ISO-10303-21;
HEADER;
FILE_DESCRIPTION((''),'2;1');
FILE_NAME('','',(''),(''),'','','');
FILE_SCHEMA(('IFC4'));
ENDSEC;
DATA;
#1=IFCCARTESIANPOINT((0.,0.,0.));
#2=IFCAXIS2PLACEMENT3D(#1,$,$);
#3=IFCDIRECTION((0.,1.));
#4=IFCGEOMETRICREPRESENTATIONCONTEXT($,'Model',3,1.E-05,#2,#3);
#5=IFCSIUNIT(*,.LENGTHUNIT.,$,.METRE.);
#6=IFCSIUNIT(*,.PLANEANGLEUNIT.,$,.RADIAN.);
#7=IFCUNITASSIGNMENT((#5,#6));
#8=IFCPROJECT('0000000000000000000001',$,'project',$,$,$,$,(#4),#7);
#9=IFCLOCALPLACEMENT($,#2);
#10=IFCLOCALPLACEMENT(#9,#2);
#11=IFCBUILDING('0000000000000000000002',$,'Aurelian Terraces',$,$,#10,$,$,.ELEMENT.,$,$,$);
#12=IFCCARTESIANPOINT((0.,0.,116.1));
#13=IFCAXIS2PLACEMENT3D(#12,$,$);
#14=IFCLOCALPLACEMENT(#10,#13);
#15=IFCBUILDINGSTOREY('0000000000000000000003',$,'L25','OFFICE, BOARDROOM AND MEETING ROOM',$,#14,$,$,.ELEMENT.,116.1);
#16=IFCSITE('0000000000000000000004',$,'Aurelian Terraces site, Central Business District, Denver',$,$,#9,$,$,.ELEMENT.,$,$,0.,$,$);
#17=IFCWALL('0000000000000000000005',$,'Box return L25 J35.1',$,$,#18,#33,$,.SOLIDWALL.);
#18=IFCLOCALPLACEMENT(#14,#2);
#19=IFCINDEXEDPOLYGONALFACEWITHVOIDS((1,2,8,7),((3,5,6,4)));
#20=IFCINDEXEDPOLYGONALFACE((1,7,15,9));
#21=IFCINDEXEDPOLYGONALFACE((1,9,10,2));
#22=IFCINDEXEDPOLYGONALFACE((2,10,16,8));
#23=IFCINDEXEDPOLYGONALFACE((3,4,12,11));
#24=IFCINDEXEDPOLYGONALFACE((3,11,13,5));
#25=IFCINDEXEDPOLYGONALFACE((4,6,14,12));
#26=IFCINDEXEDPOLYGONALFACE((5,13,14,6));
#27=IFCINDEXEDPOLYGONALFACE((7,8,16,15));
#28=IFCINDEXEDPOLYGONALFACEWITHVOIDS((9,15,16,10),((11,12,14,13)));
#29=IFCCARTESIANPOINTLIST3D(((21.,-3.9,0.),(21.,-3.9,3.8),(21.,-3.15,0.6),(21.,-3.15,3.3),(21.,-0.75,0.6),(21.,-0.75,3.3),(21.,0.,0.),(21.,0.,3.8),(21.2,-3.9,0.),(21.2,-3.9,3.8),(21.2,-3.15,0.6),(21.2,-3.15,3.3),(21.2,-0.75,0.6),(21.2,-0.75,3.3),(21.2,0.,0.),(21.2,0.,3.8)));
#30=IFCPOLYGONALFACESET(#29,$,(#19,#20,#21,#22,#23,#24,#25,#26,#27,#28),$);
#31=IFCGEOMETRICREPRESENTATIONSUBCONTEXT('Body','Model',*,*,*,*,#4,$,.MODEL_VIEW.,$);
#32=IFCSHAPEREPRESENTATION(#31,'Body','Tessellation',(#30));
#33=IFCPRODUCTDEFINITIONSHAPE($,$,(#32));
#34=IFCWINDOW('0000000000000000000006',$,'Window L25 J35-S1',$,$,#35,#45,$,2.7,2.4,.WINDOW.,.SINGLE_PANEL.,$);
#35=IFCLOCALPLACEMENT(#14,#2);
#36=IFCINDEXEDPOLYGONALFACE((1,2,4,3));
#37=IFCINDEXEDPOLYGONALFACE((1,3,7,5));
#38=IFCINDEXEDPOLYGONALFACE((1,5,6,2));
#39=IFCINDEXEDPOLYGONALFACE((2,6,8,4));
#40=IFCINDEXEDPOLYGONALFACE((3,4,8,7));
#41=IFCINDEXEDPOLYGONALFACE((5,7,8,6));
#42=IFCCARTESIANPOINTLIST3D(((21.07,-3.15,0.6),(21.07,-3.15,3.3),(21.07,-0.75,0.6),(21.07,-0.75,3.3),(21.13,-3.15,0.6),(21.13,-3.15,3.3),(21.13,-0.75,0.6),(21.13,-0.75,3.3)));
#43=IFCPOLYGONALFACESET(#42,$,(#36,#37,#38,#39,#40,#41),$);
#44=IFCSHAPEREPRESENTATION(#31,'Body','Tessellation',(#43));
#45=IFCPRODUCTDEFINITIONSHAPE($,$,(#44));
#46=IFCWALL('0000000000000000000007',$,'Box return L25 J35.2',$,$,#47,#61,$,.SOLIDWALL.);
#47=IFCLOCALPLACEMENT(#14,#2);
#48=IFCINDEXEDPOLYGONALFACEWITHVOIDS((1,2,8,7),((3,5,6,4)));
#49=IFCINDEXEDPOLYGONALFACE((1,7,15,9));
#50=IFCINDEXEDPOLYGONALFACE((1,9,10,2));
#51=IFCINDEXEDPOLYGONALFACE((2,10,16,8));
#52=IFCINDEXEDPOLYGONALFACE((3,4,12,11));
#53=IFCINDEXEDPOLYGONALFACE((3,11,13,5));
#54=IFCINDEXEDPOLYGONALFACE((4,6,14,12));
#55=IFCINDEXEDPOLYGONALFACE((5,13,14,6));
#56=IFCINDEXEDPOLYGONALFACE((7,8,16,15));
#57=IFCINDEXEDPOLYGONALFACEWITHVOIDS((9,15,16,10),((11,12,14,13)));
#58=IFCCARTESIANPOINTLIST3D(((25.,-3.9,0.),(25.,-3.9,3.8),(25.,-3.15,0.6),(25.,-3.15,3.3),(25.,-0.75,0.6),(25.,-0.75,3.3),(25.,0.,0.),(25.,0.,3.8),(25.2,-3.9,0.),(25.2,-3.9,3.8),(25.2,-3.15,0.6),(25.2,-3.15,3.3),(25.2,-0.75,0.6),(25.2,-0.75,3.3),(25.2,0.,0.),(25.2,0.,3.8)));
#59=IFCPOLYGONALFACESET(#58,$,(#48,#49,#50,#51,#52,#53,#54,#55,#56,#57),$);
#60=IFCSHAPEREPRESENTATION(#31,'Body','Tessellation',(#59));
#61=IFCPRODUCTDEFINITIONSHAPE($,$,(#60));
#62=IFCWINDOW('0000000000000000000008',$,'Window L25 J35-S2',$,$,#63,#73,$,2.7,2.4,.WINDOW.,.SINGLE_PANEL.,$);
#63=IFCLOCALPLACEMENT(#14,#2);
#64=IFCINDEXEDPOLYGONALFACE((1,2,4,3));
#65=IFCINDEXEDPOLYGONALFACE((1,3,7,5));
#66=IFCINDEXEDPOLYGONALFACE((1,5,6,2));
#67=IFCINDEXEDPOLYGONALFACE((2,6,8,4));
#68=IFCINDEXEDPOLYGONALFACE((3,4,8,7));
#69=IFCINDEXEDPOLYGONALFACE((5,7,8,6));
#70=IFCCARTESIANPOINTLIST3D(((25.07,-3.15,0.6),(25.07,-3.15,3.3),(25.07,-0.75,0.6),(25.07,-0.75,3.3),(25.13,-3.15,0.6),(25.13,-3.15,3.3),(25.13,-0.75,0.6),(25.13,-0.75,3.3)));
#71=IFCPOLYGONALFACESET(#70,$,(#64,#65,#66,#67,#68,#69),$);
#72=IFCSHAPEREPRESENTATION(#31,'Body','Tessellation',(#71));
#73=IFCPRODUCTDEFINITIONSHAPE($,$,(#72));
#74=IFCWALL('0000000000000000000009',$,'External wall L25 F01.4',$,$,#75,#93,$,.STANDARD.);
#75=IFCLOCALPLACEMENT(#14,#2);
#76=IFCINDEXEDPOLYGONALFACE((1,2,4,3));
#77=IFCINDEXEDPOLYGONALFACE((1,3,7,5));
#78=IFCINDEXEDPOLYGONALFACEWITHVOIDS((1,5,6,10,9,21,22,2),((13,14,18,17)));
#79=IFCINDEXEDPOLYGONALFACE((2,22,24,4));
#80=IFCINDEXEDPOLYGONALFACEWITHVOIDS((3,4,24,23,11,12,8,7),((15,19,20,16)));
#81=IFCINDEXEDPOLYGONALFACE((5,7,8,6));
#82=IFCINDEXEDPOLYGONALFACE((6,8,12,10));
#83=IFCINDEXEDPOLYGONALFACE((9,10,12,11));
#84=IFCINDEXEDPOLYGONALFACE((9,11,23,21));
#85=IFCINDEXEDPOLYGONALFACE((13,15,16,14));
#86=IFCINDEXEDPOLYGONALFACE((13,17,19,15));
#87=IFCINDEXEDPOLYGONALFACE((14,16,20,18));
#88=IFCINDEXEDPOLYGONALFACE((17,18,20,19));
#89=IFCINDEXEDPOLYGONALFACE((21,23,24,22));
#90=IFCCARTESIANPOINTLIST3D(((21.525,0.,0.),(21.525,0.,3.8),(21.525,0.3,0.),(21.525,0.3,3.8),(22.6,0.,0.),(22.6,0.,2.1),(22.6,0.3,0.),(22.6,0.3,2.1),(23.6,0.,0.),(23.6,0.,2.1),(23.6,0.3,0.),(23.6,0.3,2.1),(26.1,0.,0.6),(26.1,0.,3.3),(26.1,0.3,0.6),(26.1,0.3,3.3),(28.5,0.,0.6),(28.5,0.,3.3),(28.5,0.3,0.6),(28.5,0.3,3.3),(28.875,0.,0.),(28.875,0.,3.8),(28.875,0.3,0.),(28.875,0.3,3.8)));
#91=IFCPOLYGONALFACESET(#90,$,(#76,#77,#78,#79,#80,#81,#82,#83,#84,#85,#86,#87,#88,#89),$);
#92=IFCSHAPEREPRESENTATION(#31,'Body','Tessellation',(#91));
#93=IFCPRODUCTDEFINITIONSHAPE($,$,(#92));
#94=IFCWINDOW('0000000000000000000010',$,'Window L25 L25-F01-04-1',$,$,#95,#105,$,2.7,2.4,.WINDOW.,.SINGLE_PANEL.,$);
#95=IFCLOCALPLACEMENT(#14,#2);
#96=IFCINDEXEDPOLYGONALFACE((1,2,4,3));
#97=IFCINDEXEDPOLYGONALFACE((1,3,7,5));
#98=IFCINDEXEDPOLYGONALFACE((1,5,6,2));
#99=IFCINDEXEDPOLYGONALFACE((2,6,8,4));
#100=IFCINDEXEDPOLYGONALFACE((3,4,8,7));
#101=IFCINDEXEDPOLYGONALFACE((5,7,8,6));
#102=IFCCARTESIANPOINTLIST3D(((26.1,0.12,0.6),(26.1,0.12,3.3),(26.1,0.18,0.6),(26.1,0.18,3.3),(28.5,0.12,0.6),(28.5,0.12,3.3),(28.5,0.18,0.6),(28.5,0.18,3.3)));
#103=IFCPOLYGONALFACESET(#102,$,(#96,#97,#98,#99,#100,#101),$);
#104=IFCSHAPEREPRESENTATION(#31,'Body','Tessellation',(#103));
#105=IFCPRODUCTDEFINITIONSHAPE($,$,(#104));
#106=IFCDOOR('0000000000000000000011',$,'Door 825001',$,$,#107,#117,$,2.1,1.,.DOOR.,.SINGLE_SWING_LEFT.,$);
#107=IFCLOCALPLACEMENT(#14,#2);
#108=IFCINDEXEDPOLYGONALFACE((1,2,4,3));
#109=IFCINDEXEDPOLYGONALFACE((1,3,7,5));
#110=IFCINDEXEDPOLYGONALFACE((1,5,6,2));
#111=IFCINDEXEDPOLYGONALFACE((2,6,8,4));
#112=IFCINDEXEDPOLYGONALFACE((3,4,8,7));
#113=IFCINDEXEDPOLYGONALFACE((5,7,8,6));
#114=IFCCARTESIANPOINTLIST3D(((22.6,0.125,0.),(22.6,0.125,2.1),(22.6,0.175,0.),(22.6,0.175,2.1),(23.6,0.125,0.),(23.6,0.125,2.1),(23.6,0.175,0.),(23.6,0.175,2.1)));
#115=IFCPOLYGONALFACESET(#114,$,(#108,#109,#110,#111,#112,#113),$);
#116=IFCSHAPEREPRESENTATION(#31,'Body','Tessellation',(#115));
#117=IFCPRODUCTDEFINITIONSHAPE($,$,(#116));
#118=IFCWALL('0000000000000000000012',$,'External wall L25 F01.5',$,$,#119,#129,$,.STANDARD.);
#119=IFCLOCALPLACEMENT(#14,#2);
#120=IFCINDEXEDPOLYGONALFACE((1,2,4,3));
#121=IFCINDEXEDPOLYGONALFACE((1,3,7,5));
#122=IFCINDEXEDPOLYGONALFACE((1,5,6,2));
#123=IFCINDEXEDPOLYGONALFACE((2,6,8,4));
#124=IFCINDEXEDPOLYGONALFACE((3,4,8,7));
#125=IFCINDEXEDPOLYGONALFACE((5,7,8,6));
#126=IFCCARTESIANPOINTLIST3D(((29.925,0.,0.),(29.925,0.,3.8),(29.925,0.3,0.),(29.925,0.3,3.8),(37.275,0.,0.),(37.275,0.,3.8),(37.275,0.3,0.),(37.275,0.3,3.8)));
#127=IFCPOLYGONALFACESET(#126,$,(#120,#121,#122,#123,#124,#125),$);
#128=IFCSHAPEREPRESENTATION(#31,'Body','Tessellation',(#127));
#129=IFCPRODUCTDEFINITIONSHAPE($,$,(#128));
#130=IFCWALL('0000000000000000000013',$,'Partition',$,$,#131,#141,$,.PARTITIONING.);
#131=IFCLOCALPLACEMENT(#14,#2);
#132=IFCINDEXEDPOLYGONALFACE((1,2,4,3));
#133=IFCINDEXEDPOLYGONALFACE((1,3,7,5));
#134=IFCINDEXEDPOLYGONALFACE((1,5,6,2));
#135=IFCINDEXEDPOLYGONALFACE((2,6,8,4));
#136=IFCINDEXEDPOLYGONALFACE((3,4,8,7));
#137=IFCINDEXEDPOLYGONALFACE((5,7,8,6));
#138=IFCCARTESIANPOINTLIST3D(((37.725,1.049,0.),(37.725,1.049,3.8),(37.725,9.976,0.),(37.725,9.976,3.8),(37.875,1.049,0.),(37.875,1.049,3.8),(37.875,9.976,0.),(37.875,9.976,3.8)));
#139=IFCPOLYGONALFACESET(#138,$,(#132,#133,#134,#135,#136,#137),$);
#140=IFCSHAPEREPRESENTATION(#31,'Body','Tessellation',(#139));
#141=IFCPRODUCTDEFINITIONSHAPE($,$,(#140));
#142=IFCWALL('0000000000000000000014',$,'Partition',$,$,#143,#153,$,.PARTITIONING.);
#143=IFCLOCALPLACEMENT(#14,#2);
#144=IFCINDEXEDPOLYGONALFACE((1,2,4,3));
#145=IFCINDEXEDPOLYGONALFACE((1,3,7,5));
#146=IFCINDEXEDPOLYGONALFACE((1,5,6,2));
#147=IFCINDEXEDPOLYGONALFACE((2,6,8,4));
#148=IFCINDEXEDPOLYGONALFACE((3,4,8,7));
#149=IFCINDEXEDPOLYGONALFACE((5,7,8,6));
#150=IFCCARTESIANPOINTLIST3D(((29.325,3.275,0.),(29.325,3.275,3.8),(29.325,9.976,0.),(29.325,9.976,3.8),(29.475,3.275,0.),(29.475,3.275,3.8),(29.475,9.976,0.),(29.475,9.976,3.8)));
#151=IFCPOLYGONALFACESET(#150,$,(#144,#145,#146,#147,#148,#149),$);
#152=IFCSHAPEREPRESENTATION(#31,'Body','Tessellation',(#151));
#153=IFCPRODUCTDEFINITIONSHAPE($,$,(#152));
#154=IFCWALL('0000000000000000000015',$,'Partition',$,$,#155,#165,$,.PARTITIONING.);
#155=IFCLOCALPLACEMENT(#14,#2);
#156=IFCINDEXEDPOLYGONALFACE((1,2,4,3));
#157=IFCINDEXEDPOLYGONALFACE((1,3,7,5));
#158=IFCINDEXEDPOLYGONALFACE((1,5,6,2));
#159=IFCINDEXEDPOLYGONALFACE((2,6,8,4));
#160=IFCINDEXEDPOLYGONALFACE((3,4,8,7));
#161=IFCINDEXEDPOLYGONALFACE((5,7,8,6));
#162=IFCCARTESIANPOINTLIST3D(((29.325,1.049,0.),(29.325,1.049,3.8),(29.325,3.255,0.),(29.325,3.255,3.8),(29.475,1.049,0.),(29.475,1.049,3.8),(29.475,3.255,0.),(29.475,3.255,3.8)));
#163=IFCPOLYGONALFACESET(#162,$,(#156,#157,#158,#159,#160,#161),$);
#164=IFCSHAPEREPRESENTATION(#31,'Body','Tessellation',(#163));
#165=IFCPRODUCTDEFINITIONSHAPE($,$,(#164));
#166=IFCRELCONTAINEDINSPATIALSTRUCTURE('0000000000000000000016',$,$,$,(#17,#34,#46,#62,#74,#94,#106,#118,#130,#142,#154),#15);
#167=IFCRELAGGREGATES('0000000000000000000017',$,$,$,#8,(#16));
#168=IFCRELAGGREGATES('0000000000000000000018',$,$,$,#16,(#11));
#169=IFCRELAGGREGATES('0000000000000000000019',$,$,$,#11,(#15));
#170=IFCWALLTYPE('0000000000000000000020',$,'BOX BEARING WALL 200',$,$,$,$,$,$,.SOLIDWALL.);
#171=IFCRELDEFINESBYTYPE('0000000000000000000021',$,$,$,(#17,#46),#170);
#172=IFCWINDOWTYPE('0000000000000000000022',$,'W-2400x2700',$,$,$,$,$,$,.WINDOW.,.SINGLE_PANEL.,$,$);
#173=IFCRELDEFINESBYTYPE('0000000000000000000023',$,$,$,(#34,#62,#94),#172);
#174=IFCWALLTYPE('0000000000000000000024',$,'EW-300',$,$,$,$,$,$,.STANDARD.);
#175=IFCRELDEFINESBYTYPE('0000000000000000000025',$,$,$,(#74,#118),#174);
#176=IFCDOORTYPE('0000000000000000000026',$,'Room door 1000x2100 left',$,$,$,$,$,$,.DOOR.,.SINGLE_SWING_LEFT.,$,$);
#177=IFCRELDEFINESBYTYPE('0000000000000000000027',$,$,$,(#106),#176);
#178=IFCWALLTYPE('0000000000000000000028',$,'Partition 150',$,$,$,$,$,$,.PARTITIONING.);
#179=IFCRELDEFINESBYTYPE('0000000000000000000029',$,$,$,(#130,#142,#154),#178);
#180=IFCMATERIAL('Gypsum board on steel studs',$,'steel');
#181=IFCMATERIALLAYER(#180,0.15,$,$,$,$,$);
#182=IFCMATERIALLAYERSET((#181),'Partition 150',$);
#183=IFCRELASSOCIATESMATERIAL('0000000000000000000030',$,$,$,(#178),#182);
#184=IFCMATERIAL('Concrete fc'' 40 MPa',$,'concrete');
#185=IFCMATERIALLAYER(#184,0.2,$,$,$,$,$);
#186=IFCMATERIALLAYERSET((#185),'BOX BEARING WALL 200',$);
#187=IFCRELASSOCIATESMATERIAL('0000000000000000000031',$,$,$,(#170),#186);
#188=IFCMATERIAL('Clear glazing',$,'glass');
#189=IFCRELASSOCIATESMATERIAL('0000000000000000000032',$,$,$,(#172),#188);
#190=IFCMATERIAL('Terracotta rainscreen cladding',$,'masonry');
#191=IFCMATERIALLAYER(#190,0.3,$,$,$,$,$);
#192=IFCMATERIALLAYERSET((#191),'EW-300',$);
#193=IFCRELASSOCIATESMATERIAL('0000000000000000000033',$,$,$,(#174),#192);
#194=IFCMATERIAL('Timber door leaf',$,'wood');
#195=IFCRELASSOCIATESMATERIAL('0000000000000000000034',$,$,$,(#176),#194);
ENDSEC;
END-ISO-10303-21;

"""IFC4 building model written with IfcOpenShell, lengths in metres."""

from ifc_helpers import new_model, si_unit, direction, frame, frame_2d, origin, place, context, subcontext, project, spatial, rectangle, extrude, source, transform, mapped, material, layer, layer_set, type_object, element, fill, save


model = new_model("IFC4")

# Units and contexts
model_context = context("Model", 3, precision=1e-05, world=origin(), true_north=direction((0.0, 1.0)))
body_context = subcontext(model_context, "Body", "Model", "MODEL_VIEW")
ifc_project = project(units=[si_unit("LENGTHUNIT", "METRE"), si_unit("PLANEANGLEUNIT", "RADIAN")], contexts=[model_context])

# Site, building, storey
site_placement = place(None, origin())
site = spatial("IfcSite", under=ifc_project, at=site_placement, Name="Aurelian Terraces site, Central Business District, Denver", CompositionType="ELEMENT", RefElevation=0.0)
building_placement = place(site_placement, origin())
building = spatial("IfcBuilding", under=site, at=building_placement, Name="Aurelian Terraces", CompositionType="ELEMENT")
storey_placement = place(building_placement, frame((0.0, 0.0, 116.1)))
storey = spatial("IfcBuildingStorey", under=building, at=storey_placement, Name="L25", Description="OFFICE, BOARDROOM AND MEETING ROOM", CompositionType="ELEMENT", Elevation=116.1)

# Shared definitions
ifc_material_1 = material(Name="Concrete fc' 40 MPa", Category="concrete")

# Shared definitions
ifc_material_2 = material(Name="Gypsum board on steel studs", Category="steel")
ifc_layer_1 = layer(ifc_material_2, 0.15)
ifc_layer_set_1 = layer_set([ifc_layer_1], Name="Partition 150")
wall_type_1 = type_object("IfcWallType", Name="Partition 150", PredefinedType="PARTITIONING", material=ifc_layer_set_1)

# Walls, openings, windows
ifc_layer_2 = layer(ifc_material_1, 0.2)
ifc_layer_set_2 = layer_set([ifc_layer_2], Name="BOX BEARING WALL 200")
wall_type_2 = type_object("IfcWallType", Name="BOX BEARING WALL 200", PredefinedType="SOLIDWALL", material=ifc_layer_set_2)
shared_shape_1 = source(origin(), body_context, "Body", "SweptSolid", [
    extrude(rectangle(XDim=3.9, YDim=0.2, at=frame_2d((1.95, 0.0))), origin(), (0.0, 0.0, 1.0), 3.8),
])
wall_1_placement = place(storey_placement, frame((21.1, 0.0, 0.0), z_axis=(0.0, 0.0, 1.0), x_axis=(0.0, -1.0, 0.0)))
wall_1 = element("IfcWall", 1, at=wall_1_placement, inside=storey, type_object=wall_type_2, Name="Box return L25 J35.1", PredefinedType="SOLIDWALL", context=body_context, shape_type="MappedRepresentation", body=[
    mapped(shared_shape_1, transform((0.0, 0.0, 0.0), scale=1.0)),
])
shared_shape_2 = source(origin(), body_context, "Body", "SweptSolid", [
    extrude(rectangle(XDim=2.4, YDim=2.7, at=frame_2d((1.2, 1.35))), frame((0.0, 0.11, 0.0), z_axis=(0.0, -1.0, 0.0), x_axis=(1.0, 0.0, 0.0)), (0.0, 0.0, 1.0), 0.22),
])
opening_1_placement = place(wall_1_placement, frame((0.75, 0.0, 0.6)))
opening_1 = element("IfcOpeningElement", 2, at=opening_1_placement, cuts=wall_1, PredefinedType="OPENING", context=body_context, shape_type="MappedRepresentation", body=[
    mapped(shared_shape_2, transform((0.0, 0.0, 0.0), scale=1.0)),
])
ifc_material_3 = material(Name="Clear glazing", Category="glass")
window_type = type_object("IfcWindowType", Name="W-2400x2700", PartitioningType="SINGLE_PANEL", PredefinedType="WINDOW", material=ifc_material_3)
shared_shape_3 = source(origin(), body_context, "Body", "SweptSolid", [
    extrude(rectangle(XDim=2.4, YDim=2.7, at=frame_2d((1.2, 1.35))), frame((0.0, 0.03, 0.0), z_axis=(0.0, -1.0, 0.0), x_axis=(1.0, 0.0, 0.0)), (0.0, 0.0, 1.0), 0.06),
])
window_1_placement = place(opening_1_placement, origin())
window_1 = element("IfcWindow", 3, at=window_1_placement, inside=storey, type_object=window_type, Name="Window L25 J35-S1", OverallHeight=2.7, OverallWidth=2.4, PartitioningType="SINGLE_PANEL", PredefinedType="WINDOW", context=body_context, shape_type="MappedRepresentation", body=[
    mapped(shared_shape_3, transform((0.0, 0.0, 0.0), scale=1.0)),
])
fill(opening_1, window_1)
wall_2_placement = place(storey_placement, frame((25.1, 0.0, 0.0), z_axis=(0.0, 0.0, 1.0), x_axis=(0.0, -1.0, 0.0)))
wall_2 = element("IfcWall", 4, at=wall_2_placement, inside=storey, type_object=wall_type_2, Name="Box return L25 J35.2", PredefinedType="SOLIDWALL", context=body_context, shape_type="MappedRepresentation", body=[
    mapped(shared_shape_1, transform((0.0, 0.0, 0.0), scale=1.0)),
])
opening_2_placement = place(wall_2_placement, frame((0.75, 0.0, 0.6)))
opening_2 = element("IfcOpeningElement", 5, at=opening_2_placement, cuts=wall_2, PredefinedType="OPENING", context=body_context, shape_type="MappedRepresentation", body=[
    mapped(shared_shape_2, transform((0.0, 0.0, 0.0), scale=1.0)),
])
window_2_placement = place(opening_2_placement, origin())
window_2 = element("IfcWindow", 6, at=window_2_placement, inside=storey, type_object=window_type, Name="Window L25 J35-S2", OverallHeight=2.7, OverallWidth=2.4, PartitioningType="SINGLE_PANEL", PredefinedType="WINDOW", context=body_context, shape_type="MappedRepresentation", body=[
    mapped(shared_shape_3, transform((0.0, 0.0, 0.0), scale=1.0)),
])
fill(opening_2, window_2)

# Wall, openings, window, door
ifc_material_4 = material(Name="Terracotta rainscreen cladding", Category="masonry")
ifc_layer_3 = layer(ifc_material_4, 0.3)
ifc_layer_set_3 = layer_set([ifc_layer_3], Name="EW-300")
wall_type_3 = type_object("IfcWallType", Name="EW-300", PredefinedType="STANDARD", material=ifc_layer_set_3)
shared_shape_4 = source(origin(), body_context, "Body", "SweptSolid", [
    extrude(rectangle(XDim=7.35, YDim=0.3, at=frame_2d((3.675, 0.0))), origin(), (0.0, 0.0, 1.0), 3.8),
])
wall_3_placement = place(storey_placement, frame((21.525, 0.15, 0.0), z_axis=(0.0, 0.0, 1.0), x_axis=(1.0, 0.0, 0.0)))
wall_3 = element("IfcWall", 7, at=wall_3_placement, inside=storey, type_object=wall_type_3, Name="External wall L25 F01.4", PredefinedType="STANDARD", context=body_context, shape_type="MappedRepresentation", body=[
    mapped(shared_shape_4, transform((0.0, 0.0, 0.0), scale=1.0)),
])
shared_shape_5 = source(origin(), body_context, "Body", "SweptSolid", [
    extrude(rectangle(XDim=2.4, YDim=2.7, at=frame_2d((1.2, 1.35))), frame((0.0, 0.16, 0.0), z_axis=(0.0, -1.0, 0.0), x_axis=(1.0, 0.0, 0.0)), (0.0, 0.0, 1.0), 0.32),
])
opening_3_placement = place(wall_3_placement, frame((4.575, 0.0, 0.6)))
opening_3 = element("IfcOpeningElement", 8, at=opening_3_placement, cuts=wall_3, PredefinedType="OPENING", context=body_context, shape_type="MappedRepresentation", body=[
    mapped(shared_shape_5, transform((0.0, 0.0, 0.0), scale=1.0)),
])
shared_shape_6 = source(origin(), body_context, "Body", "SweptSolid", [
    extrude(rectangle(XDim=1.0, YDim=2.1, at=frame_2d((0.5, 1.05))), frame((0.0, 0.16, 0.0), z_axis=(0.0, -1.0, 0.0), x_axis=(1.0, 0.0, 0.0)), (0.0, 0.0, 1.0), 0.32),
])
opening_4_placement = place(wall_3_placement, frame((1.075, 0.0, 0.0)))
opening_4 = element("IfcOpeningElement", 9, at=opening_4_placement, cuts=wall_3, PredefinedType="OPENING", context=body_context, shape_type="MappedRepresentation", body=[
    mapped(shared_shape_6, transform((0.0, 0.0, 0.0), scale=1.0)),
])
window_3_placement = place(opening_3_placement, origin())
window_3 = element("IfcWindow", 10, at=window_3_placement, inside=storey, type_object=window_type, Name="Window L25 L25-F01-04-1", OverallHeight=2.7, OverallWidth=2.4, PartitioningType="SINGLE_PANEL", PredefinedType="WINDOW", context=body_context, shape_type="MappedRepresentation", body=[
    mapped(shared_shape_3, transform((0.0, 0.0, 0.0), scale=1.0)),
])
fill(opening_3, window_3)
ifc_material_5 = material(Name="Timber door leaf", Category="wood")
door_type_1 = type_object("IfcDoorType", Name="Room door 1000x2100 left", OperationType="SINGLE_SWING_LEFT", PredefinedType="DOOR", material=ifc_material_5)
shared_shape_7 = source(origin(), body_context, "Body", "SweptSolid", [
    extrude(rectangle(XDim=1.0, YDim=2.1, at=frame_2d((0.5, 1.05))), frame((0.0, 0.025, 0.0), z_axis=(0.0, -1.0, 0.0), x_axis=(1.0, 0.0, 0.0)), (0.0, 0.0, 1.0), 0.05),
])
door_1_placement = place(opening_4_placement, origin())
door_1 = element("IfcDoor", 11, at=door_1_placement, inside=storey, type_object=door_type_1, Name="Door 825001", OperationType="SINGLE_SWING_LEFT", OverallHeight=2.1, OverallWidth=1.0, PredefinedType="DOOR", context=body_context, shape_type="MappedRepresentation", body=[
    mapped(shared_shape_7, transform((0.0, 0.0, 0.0), scale=1.0)),
])
fill(opening_4, door_1)

# Walls
wall_4_placement = place(storey_placement, frame((29.925, 0.15, 0.0), z_axis=(0.0, 0.0, 1.0), x_axis=(1.0, 0.0, 0.0)))
element("IfcWall", 12, at=wall_4_placement, inside=storey, type_object=wall_type_3, Name="External wall L25 F01.5", PredefinedType="STANDARD", context=body_context, shape_type="MappedRepresentation", body=[
    mapped(shared_shape_4, transform((0.0, 0.0, 0.0), scale=1.0)),
])
shared_shape_8 = source(origin(), body_context, "Body", "SweptSolid", [
    extrude(rectangle(XDim=8.927, YDim=0.15, at=frame_2d((4.4635, 0.0))), origin(), (0.0, 0.0, 1.0), 3.8),
])
wall_5_placement = place(storey_placement, frame((37.8, 1.049, 0.0), z_axis=(0.0, 0.0, 1.0), x_axis=(0.0, 1.0, 0.0)))
element("IfcWall", 13, at=wall_5_placement, inside=storey, type_object=wall_type_1, Name="Partition", PredefinedType="PARTITIONING", context=body_context, shape_type="MappedRepresentation", body=[
    mapped(shared_shape_8, transform((0.0, 0.0, 0.0), scale=1.0)),
])
shared_shape_9 = source(origin(), body_context, "Body", "SweptSolid", [
    extrude(rectangle(XDim=6.701, YDim=0.15, at=frame_2d((3.3505, 0.0))), origin(), (0.0, 0.0, 1.0), 3.8),
])
wall_6_placement = place(storey_placement, frame((29.4, 3.275, 0.0), z_axis=(0.0, 0.0, 1.0), x_axis=(0.0, 1.0, 0.0)))
element("IfcWall", 14, at=wall_6_placement, inside=storey, type_object=wall_type_1, Name="Partition", PredefinedType="PARTITIONING", context=body_context, shape_type="MappedRepresentation", body=[
    mapped(shared_shape_9, transform((0.0, 0.0, 0.0), scale=1.0)),
])
shared_shape_10 = source(origin(), body_context, "Body", "SweptSolid", [
    extrude(rectangle(XDim=2.206, YDim=0.15, at=frame_2d((1.103, 0.0))), origin(), (0.0, 0.0, 1.0), 3.8),
])
wall_7_placement = place(storey_placement, frame((29.4, 1.049, 0.0), z_axis=(0.0, 0.0, 1.0), x_axis=(0.0, 1.0, 0.0)))
element("IfcWall", 15, at=wall_7_placement, inside=storey, type_object=wall_type_1, Name="Partition", PredefinedType="PARTITIONING", context=body_context, shape_type="MappedRepresentation", body=[
    mapped(shared_shape_10, transform((0.0, 0.0, 0.0), scale=1.0)),
])

save(model, "model.ifc")
